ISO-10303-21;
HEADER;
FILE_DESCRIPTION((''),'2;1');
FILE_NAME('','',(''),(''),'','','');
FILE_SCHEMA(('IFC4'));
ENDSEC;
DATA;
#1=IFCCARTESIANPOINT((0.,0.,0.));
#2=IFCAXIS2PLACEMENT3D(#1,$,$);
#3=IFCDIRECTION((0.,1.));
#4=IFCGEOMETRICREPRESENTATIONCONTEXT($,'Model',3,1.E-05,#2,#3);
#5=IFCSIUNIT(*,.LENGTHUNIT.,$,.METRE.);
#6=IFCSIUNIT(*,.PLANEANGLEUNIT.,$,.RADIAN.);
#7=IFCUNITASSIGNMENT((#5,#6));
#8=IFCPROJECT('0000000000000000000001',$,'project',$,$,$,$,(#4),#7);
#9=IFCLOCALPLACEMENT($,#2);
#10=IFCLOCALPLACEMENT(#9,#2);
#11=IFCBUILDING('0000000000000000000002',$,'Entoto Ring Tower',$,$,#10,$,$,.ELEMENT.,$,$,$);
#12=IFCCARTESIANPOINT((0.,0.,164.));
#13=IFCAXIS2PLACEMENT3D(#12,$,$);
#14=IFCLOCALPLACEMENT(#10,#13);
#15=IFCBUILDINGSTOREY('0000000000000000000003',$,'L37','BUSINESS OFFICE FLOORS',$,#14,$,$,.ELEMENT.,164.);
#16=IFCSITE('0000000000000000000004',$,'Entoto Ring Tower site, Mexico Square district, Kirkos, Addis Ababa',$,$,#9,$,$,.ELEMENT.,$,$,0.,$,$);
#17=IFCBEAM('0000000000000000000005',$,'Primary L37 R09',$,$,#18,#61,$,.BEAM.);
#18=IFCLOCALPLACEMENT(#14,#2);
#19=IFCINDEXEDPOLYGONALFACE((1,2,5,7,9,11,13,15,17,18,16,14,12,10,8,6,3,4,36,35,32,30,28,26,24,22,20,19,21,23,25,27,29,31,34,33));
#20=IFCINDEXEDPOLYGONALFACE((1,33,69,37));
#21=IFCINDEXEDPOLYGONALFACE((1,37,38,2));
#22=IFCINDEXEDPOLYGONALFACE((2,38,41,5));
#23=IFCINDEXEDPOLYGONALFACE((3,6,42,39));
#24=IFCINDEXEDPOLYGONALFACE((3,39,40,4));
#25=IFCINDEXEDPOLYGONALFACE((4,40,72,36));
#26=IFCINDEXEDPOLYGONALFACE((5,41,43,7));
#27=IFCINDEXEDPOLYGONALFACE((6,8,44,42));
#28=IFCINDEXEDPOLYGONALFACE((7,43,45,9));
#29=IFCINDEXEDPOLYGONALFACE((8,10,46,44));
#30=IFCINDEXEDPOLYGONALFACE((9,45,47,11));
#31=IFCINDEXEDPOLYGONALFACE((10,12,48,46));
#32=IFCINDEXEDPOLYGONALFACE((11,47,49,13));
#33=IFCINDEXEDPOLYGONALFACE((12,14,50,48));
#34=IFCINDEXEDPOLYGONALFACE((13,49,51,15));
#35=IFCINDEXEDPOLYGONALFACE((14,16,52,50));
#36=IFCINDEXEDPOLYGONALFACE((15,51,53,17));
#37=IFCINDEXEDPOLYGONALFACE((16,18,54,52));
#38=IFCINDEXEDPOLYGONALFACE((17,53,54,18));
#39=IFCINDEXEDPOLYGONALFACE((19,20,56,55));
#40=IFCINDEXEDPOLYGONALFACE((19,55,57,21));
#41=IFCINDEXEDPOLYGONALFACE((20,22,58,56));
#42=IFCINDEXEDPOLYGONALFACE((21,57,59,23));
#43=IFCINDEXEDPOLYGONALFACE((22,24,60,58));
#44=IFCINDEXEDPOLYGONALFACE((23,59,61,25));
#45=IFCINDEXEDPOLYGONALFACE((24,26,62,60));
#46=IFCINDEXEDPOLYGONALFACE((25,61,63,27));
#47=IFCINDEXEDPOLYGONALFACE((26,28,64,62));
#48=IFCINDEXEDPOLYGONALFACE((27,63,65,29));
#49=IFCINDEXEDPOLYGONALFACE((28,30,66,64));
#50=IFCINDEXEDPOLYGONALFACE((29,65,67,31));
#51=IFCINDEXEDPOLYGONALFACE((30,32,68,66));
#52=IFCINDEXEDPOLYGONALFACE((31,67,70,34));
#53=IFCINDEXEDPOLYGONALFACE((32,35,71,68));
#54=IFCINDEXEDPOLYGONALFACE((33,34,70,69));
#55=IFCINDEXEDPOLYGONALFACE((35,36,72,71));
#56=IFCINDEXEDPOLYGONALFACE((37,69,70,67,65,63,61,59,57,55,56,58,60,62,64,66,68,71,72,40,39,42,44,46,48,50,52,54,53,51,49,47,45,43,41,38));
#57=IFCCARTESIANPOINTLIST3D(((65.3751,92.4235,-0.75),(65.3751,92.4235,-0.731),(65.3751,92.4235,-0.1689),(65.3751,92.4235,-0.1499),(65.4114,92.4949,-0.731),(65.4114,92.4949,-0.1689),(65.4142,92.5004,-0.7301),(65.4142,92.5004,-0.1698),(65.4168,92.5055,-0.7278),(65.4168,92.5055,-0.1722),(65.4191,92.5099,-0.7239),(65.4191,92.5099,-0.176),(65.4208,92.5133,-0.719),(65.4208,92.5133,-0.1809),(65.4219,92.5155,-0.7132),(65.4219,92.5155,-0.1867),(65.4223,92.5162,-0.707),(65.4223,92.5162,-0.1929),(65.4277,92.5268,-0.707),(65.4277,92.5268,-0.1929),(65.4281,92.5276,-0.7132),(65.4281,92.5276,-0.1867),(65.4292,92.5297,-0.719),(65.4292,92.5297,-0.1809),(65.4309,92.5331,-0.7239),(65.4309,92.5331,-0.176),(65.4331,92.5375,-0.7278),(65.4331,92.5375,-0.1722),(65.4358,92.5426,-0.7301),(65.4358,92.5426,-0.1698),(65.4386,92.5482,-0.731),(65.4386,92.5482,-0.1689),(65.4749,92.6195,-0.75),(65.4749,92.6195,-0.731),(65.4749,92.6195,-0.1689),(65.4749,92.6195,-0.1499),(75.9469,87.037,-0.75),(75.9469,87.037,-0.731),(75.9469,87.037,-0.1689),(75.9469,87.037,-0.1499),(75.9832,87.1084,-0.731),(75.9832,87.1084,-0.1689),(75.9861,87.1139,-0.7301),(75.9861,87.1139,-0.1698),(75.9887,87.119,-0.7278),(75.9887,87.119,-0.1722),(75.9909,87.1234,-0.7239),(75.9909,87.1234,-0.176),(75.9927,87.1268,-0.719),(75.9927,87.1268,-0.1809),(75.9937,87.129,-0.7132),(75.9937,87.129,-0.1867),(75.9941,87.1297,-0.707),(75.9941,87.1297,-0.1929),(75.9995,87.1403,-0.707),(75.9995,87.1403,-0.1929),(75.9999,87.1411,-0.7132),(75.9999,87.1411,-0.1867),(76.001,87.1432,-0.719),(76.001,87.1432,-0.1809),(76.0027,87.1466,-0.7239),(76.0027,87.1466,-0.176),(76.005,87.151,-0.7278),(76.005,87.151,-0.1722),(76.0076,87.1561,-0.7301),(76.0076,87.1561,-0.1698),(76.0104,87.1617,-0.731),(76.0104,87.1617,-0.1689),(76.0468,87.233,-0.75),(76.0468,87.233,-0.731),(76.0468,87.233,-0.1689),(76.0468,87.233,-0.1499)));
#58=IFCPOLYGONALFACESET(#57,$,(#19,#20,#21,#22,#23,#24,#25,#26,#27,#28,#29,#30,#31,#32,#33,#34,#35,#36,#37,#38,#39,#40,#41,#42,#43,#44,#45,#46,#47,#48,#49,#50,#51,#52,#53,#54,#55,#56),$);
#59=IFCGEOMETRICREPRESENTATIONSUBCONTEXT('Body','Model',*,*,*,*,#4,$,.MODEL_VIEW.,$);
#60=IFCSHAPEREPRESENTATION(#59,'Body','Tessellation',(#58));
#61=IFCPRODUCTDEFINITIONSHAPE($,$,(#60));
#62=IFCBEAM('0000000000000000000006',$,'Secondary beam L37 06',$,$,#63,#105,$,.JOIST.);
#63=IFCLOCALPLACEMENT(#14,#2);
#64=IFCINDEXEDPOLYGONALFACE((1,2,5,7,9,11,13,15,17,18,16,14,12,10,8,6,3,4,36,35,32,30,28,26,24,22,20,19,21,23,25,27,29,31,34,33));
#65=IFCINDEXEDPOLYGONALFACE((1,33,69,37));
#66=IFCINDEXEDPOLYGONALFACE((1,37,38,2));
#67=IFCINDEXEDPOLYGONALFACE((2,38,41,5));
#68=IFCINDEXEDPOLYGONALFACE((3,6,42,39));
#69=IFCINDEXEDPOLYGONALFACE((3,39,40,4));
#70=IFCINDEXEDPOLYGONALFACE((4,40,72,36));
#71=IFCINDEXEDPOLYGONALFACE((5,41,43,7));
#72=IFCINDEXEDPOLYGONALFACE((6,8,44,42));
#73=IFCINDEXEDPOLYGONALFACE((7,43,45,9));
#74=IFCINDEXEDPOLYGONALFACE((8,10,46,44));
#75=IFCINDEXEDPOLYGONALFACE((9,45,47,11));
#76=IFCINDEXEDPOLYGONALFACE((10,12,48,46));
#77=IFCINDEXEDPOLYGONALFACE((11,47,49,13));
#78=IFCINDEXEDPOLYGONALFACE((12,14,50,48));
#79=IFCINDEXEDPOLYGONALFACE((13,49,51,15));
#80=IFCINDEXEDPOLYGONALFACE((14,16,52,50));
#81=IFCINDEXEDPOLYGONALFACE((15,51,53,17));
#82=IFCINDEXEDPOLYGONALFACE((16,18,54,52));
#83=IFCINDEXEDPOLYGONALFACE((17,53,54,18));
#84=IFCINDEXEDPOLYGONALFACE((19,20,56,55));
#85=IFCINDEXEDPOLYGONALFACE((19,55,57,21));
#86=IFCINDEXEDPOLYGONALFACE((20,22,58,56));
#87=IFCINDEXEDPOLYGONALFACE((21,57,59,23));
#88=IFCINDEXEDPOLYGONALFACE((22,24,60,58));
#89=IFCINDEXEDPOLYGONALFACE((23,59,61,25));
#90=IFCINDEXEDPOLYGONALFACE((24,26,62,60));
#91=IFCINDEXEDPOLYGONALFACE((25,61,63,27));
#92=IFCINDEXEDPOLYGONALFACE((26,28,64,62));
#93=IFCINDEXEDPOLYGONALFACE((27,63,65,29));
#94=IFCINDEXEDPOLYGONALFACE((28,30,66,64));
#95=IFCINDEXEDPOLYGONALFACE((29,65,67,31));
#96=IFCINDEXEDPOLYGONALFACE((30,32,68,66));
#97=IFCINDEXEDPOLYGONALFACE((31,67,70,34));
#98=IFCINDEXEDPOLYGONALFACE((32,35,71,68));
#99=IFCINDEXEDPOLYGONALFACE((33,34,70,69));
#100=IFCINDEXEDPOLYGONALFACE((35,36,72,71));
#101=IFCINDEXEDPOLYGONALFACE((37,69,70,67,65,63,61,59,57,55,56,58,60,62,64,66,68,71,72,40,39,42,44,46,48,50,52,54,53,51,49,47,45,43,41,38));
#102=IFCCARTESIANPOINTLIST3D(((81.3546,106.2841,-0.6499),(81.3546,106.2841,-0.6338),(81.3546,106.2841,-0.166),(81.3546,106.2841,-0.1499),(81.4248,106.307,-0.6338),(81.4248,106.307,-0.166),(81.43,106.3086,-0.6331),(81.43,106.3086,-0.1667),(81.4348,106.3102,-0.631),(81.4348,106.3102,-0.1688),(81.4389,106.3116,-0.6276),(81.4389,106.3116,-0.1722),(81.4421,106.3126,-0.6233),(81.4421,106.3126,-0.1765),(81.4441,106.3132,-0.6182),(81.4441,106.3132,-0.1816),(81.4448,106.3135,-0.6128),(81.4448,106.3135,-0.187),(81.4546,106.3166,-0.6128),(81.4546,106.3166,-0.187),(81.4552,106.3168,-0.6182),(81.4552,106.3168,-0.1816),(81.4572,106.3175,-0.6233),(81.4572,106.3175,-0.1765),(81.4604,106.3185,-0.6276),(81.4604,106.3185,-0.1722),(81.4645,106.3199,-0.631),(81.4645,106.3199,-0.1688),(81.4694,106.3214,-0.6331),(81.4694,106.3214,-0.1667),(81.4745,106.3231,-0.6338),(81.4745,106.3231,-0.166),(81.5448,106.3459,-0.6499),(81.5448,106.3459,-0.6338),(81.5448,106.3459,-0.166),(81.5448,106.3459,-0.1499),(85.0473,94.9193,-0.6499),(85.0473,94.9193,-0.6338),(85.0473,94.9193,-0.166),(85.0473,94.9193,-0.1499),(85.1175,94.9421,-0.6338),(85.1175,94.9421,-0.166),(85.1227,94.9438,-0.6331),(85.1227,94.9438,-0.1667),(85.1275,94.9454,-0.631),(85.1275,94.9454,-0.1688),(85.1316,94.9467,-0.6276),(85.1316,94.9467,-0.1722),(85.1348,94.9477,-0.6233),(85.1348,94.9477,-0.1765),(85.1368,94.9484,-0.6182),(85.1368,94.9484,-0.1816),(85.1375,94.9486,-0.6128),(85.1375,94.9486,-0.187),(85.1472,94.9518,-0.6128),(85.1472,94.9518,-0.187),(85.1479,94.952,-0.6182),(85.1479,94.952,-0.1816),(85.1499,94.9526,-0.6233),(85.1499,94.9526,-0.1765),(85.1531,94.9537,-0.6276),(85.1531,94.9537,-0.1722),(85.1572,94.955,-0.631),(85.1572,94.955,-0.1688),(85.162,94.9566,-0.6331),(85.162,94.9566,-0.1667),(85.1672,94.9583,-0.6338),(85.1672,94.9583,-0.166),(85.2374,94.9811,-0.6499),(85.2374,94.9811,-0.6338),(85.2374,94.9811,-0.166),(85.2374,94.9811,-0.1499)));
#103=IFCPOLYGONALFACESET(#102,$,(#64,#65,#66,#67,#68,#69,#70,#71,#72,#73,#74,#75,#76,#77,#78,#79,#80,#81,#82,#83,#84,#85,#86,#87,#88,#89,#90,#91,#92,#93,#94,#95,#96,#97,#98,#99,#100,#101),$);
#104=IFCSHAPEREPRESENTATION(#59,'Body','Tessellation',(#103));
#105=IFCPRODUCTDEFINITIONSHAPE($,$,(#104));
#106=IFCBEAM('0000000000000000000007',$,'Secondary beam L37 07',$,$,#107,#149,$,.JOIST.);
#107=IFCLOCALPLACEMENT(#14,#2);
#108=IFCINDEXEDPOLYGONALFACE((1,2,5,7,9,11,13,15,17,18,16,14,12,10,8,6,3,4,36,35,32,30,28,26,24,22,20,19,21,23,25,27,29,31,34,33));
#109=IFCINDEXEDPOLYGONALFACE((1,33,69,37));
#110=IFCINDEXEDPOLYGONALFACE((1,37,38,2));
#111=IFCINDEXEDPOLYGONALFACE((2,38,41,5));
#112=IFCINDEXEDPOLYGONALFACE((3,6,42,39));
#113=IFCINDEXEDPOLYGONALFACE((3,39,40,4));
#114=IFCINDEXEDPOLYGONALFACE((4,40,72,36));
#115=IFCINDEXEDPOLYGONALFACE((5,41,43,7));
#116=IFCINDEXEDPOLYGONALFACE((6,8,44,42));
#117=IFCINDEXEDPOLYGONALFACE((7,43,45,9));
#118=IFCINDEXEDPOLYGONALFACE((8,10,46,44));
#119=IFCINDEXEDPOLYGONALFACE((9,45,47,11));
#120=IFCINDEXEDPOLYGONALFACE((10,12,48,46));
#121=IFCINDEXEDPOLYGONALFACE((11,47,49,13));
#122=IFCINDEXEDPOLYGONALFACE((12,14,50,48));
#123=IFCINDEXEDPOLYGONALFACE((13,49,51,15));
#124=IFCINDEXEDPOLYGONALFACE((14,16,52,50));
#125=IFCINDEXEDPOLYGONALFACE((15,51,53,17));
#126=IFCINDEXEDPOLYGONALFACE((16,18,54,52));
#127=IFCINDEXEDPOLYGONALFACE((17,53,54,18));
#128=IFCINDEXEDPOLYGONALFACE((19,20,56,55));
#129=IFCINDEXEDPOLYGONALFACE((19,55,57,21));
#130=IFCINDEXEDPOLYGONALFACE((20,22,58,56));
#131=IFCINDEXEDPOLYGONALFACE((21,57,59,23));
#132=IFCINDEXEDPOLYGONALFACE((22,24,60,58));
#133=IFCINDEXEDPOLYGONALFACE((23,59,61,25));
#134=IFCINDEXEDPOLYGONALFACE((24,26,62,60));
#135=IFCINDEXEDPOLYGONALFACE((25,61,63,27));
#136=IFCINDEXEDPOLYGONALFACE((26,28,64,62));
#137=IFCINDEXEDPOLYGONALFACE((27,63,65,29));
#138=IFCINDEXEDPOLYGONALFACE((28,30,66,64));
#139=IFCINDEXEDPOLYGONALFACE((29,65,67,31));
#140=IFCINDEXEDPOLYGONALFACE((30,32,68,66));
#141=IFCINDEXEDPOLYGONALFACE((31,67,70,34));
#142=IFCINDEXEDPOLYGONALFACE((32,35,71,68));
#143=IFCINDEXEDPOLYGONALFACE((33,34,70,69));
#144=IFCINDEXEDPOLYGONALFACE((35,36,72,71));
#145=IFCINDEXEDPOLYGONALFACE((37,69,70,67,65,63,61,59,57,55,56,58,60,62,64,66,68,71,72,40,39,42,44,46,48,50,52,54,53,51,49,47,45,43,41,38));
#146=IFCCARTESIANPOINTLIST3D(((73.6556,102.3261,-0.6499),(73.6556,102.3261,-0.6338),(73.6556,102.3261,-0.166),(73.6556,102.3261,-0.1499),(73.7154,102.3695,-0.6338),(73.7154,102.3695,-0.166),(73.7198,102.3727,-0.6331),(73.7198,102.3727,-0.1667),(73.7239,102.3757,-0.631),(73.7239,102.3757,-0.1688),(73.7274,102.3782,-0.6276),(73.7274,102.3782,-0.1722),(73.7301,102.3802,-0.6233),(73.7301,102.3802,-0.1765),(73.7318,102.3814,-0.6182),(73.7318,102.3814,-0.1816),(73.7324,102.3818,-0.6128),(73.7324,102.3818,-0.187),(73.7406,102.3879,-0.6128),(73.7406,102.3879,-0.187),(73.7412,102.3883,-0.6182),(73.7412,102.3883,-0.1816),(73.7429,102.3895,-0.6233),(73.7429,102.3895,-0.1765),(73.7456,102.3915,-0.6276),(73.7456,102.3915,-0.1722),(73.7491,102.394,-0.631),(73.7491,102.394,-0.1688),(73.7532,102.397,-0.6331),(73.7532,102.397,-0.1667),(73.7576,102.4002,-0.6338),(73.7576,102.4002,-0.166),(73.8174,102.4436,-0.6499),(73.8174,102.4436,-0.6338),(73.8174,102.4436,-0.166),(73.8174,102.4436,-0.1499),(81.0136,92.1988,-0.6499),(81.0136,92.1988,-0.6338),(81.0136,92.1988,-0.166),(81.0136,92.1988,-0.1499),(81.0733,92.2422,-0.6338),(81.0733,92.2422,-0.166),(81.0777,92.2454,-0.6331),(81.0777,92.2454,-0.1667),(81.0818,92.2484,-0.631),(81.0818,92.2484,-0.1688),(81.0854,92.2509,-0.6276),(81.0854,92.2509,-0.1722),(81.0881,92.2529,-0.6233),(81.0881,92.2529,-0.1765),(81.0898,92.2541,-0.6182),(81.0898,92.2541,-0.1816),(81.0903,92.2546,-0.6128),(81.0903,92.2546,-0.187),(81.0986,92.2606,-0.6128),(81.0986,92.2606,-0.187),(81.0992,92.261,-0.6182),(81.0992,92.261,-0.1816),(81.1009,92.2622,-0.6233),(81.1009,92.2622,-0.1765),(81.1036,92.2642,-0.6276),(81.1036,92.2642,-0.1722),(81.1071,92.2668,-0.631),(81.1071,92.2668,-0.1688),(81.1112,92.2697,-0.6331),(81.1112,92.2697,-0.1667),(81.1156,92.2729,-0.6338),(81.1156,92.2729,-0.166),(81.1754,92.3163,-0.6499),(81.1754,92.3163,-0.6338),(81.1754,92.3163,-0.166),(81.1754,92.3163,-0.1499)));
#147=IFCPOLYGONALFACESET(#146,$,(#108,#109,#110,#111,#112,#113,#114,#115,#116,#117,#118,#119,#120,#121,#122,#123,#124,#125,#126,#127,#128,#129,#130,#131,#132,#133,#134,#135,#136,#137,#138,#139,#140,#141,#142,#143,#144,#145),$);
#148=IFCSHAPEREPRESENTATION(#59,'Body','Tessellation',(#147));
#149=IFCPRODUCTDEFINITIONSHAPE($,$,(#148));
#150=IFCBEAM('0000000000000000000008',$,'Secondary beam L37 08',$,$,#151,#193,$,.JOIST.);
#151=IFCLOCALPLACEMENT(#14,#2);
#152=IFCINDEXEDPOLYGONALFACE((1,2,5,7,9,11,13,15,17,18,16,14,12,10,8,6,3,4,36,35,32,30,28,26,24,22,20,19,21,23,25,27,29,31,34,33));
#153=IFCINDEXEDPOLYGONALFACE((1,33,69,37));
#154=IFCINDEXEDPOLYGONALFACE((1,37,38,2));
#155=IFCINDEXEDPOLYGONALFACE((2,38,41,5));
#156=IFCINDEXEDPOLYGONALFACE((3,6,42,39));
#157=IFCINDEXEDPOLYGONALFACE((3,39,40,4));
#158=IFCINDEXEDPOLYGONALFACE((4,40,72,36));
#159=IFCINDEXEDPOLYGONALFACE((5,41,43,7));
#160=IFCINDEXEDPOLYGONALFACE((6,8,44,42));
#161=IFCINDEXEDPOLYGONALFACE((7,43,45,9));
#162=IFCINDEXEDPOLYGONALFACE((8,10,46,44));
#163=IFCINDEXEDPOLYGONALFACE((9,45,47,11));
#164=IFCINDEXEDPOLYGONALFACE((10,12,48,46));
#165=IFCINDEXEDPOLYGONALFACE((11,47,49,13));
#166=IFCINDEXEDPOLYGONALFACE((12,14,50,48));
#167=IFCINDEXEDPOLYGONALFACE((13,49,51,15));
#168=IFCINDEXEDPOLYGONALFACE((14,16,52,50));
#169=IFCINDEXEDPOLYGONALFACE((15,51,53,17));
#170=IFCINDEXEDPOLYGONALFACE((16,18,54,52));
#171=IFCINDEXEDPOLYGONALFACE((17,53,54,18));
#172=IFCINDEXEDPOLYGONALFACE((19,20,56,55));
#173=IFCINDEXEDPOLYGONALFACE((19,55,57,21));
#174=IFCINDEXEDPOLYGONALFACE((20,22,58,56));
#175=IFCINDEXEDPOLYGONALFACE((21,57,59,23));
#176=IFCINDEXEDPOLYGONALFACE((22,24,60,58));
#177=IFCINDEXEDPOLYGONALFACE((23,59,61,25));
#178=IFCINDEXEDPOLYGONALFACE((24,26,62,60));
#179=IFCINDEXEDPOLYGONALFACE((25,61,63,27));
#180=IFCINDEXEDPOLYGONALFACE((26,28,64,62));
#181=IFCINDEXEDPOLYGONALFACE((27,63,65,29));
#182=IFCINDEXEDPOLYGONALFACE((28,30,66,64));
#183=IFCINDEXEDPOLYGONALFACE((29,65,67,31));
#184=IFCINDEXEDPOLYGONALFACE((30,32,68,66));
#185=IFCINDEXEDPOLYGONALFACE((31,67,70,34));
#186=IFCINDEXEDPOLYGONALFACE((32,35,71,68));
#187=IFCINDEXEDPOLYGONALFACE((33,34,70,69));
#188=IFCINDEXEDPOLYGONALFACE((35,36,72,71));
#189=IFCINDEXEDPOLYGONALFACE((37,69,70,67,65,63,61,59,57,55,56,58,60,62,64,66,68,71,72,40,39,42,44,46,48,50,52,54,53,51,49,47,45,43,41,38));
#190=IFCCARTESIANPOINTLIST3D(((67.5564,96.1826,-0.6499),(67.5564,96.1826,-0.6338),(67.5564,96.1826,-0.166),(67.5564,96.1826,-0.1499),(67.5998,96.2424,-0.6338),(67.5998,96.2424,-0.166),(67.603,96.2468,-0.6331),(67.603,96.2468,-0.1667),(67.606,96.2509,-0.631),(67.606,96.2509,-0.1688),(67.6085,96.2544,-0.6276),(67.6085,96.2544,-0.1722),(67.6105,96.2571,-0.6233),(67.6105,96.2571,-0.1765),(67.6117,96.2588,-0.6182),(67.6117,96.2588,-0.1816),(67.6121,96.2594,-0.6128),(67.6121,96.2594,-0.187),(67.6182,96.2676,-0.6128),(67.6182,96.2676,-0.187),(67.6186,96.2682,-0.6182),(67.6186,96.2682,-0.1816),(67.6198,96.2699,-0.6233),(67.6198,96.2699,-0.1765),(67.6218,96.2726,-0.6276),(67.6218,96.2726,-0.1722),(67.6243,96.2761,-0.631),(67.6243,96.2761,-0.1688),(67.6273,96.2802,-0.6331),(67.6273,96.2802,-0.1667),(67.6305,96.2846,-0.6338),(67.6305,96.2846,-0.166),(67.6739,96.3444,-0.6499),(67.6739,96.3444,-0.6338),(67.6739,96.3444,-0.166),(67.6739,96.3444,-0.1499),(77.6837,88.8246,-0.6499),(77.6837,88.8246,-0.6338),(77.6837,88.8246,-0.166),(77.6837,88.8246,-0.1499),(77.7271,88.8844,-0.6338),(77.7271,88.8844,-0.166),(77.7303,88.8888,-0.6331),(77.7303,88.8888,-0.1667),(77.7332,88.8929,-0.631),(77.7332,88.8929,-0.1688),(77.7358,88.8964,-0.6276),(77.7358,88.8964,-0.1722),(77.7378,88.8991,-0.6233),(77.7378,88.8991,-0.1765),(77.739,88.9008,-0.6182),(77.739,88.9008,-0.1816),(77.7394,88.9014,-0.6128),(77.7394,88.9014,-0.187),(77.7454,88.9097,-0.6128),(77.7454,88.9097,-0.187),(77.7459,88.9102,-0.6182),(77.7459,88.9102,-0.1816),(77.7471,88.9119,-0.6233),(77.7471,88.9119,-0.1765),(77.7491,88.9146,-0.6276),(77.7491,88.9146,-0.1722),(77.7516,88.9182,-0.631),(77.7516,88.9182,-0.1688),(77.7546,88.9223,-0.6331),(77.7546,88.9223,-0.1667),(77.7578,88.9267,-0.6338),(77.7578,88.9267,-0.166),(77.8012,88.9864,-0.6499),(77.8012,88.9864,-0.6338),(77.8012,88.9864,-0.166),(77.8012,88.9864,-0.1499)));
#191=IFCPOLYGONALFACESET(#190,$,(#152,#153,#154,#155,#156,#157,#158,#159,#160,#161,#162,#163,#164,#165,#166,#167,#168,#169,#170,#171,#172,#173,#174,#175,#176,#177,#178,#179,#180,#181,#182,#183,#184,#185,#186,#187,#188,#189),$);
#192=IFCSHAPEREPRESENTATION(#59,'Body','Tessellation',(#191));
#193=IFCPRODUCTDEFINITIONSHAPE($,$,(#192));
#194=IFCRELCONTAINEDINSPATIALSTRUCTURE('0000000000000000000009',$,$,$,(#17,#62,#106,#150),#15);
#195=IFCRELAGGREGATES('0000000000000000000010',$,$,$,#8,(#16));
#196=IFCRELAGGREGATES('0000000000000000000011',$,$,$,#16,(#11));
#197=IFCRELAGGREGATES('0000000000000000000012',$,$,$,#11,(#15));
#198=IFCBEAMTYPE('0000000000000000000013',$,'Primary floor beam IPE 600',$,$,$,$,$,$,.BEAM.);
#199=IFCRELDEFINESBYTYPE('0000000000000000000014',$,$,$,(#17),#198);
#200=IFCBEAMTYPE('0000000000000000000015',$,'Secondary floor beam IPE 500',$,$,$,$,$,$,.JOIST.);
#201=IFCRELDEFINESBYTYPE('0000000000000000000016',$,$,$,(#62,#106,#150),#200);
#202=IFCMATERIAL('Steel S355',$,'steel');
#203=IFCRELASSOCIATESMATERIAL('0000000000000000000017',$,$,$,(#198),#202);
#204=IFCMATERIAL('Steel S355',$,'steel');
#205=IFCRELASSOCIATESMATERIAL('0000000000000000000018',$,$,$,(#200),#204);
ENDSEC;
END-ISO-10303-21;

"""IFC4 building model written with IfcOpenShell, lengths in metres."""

from ifc_helpers import new_model, si_unit, direction, frame, origin, origin_2d, place, context, subcontext, project, spatial, i_section, extrude, material, material_profile, profile_set, type_object, element, save


model = new_model("IFC4")

# Units and contexts
model_context = context("Model", 3, precision=1e-05, world=origin(), true_north=direction((0.0, 1.0)))
body_context = subcontext(model_context, "Body", "Model", "MODEL_VIEW")
ifc_project = project(units=[si_unit("LENGTHUNIT", "METRE"), si_unit("PLANEANGLEUNIT", "RADIAN")], contexts=[model_context])

# Site, building, storey
site_placement = place(None, origin())
site = spatial("IfcSite", under=ifc_project, at=site_placement, Name="Entoto Ring Tower site, Mexico Square district, Kirkos, Addis Ababa", CompositionType="ELEMENT", RefElevation=0.0)
building_placement = place(site_placement, origin())
building = spatial("IfcBuilding", under=site, at=building_placement, Name="Entoto Ring Tower", CompositionType="ELEMENT")
storey_placement = place(building_placement, frame((0.0, 0.0, 164.0)))
storey = spatial("IfcBuildingStorey", under=building, at=storey_placement, Name="L37", Description="BUSINESS OFFICE FLOORS", CompositionType="ELEMENT", Elevation=164.0)

# Beams
ifc_material_1 = material(Name="Steel S355", Category="steel")
ifc_material_profile_1 = material_profile(ifc_material_1, i_section(OverallWidth=0.22, OverallDepth=0.6001, WebThickness=0.012, FlangeThickness=0.019, FilletRadius=0.0239, at=origin_2d()), Name="IPE 600")
ifc_profile_set_1 = profile_set([ifc_material_profile_1], Name="Steel S355")
beam_type_1 = type_object("IfcBeamType", Name="Primary floor beam IPE 600", PredefinedType="BEAM", material=ifc_profile_set_1)
beam_1_placement = place(storey_placement, frame((75.9968, 87.135, -0.45), z_axis=(-0.89101, 0.453983, 0.0), x_axis=(-0.453983, -0.89101, 0.0)))
element("IfcBeam", 1, at=beam_1_placement, inside=storey, type_object=beam_type_1, Name="Primary L37 R09", PredefinedType="BEAM", context=body_context, shape_type="SweptSolid", body=[
    extrude(i_section(OverallWidth=0.22, OverallDepth=0.6001, WebThickness=0.012, FlangeThickness=0.019, FilletRadius=0.0239, at=origin_2d()), origin(), (0.0, 0.0, 1.0), 11.865),
])
ifc_material_2 = material(Name="Steel S355", Category="steel")
ifc_material_profile_2 = material_profile(ifc_material_2, i_section(OverallWidth=0.2, OverallDepth=0.5, WebThickness=0.0103, FlangeThickness=0.0161, FilletRadius=0.021, at=origin_2d()), Name="IPE 500")
ifc_profile_set_2 = profile_set([ifc_material_profile_2], Name="Steel S355")
beam_type_2 = type_object("IfcBeamType", Name="Secondary floor beam IPE 500", PredefinedType="JOIST", material=ifc_profile_set_2)
beam_2_placement = place(storey_placement, frame((85.1423, 94.9502, -0.3999), z_axis=(-0.309017, 0.951057, 0.0), x_axis=(-0.951057, -0.309017, 0.0)))
element("IfcBeam", 2, at=beam_2_placement, inside=storey, type_object=beam_type_2, Name="Secondary beam L37 06", PredefinedType="JOIST", context=body_context, shape_type="SweptSolid", body=[
    extrude(i_section(OverallWidth=0.2, OverallDepth=0.5, WebThickness=0.0103, FlangeThickness=0.0161, FilletRadius=0.021, at=origin_2d()), origin(), (0.0, 0.0, 1.0), 11.9497),
])
for number, where, z_axis, x_axis, name in (
    (3, (81.0945, 92.2576, -0.3999), (-0.587789, 0.809014, 0.0), (-0.809014, -0.587789, 0.0), "Secondary beam L37 07"),
    (4, (77.7424, 88.9055, -0.3999), (-0.809014, 0.587789, 0.0), (-0.587789, -0.809014, 0.0), "Secondary beam L37 08"),
):
    element("IfcBeam", number, at=place(storey_placement, frame(where, z_axis=z_axis, x_axis=x_axis)), inside=storey, type_object=beam_type_2, Name=name, PredefinedType="JOIST", context=body_context, shape_type="SweptSolid", body=[
        extrude(i_section(OverallWidth=0.2, OverallDepth=0.5, WebThickness=0.0103, FlangeThickness=0.0161, FilletRadius=0.021, at=origin_2d()), origin(), (0.0, 0.0, 1.0), 12.5181),
    ])

save(model, "model.ifc")
